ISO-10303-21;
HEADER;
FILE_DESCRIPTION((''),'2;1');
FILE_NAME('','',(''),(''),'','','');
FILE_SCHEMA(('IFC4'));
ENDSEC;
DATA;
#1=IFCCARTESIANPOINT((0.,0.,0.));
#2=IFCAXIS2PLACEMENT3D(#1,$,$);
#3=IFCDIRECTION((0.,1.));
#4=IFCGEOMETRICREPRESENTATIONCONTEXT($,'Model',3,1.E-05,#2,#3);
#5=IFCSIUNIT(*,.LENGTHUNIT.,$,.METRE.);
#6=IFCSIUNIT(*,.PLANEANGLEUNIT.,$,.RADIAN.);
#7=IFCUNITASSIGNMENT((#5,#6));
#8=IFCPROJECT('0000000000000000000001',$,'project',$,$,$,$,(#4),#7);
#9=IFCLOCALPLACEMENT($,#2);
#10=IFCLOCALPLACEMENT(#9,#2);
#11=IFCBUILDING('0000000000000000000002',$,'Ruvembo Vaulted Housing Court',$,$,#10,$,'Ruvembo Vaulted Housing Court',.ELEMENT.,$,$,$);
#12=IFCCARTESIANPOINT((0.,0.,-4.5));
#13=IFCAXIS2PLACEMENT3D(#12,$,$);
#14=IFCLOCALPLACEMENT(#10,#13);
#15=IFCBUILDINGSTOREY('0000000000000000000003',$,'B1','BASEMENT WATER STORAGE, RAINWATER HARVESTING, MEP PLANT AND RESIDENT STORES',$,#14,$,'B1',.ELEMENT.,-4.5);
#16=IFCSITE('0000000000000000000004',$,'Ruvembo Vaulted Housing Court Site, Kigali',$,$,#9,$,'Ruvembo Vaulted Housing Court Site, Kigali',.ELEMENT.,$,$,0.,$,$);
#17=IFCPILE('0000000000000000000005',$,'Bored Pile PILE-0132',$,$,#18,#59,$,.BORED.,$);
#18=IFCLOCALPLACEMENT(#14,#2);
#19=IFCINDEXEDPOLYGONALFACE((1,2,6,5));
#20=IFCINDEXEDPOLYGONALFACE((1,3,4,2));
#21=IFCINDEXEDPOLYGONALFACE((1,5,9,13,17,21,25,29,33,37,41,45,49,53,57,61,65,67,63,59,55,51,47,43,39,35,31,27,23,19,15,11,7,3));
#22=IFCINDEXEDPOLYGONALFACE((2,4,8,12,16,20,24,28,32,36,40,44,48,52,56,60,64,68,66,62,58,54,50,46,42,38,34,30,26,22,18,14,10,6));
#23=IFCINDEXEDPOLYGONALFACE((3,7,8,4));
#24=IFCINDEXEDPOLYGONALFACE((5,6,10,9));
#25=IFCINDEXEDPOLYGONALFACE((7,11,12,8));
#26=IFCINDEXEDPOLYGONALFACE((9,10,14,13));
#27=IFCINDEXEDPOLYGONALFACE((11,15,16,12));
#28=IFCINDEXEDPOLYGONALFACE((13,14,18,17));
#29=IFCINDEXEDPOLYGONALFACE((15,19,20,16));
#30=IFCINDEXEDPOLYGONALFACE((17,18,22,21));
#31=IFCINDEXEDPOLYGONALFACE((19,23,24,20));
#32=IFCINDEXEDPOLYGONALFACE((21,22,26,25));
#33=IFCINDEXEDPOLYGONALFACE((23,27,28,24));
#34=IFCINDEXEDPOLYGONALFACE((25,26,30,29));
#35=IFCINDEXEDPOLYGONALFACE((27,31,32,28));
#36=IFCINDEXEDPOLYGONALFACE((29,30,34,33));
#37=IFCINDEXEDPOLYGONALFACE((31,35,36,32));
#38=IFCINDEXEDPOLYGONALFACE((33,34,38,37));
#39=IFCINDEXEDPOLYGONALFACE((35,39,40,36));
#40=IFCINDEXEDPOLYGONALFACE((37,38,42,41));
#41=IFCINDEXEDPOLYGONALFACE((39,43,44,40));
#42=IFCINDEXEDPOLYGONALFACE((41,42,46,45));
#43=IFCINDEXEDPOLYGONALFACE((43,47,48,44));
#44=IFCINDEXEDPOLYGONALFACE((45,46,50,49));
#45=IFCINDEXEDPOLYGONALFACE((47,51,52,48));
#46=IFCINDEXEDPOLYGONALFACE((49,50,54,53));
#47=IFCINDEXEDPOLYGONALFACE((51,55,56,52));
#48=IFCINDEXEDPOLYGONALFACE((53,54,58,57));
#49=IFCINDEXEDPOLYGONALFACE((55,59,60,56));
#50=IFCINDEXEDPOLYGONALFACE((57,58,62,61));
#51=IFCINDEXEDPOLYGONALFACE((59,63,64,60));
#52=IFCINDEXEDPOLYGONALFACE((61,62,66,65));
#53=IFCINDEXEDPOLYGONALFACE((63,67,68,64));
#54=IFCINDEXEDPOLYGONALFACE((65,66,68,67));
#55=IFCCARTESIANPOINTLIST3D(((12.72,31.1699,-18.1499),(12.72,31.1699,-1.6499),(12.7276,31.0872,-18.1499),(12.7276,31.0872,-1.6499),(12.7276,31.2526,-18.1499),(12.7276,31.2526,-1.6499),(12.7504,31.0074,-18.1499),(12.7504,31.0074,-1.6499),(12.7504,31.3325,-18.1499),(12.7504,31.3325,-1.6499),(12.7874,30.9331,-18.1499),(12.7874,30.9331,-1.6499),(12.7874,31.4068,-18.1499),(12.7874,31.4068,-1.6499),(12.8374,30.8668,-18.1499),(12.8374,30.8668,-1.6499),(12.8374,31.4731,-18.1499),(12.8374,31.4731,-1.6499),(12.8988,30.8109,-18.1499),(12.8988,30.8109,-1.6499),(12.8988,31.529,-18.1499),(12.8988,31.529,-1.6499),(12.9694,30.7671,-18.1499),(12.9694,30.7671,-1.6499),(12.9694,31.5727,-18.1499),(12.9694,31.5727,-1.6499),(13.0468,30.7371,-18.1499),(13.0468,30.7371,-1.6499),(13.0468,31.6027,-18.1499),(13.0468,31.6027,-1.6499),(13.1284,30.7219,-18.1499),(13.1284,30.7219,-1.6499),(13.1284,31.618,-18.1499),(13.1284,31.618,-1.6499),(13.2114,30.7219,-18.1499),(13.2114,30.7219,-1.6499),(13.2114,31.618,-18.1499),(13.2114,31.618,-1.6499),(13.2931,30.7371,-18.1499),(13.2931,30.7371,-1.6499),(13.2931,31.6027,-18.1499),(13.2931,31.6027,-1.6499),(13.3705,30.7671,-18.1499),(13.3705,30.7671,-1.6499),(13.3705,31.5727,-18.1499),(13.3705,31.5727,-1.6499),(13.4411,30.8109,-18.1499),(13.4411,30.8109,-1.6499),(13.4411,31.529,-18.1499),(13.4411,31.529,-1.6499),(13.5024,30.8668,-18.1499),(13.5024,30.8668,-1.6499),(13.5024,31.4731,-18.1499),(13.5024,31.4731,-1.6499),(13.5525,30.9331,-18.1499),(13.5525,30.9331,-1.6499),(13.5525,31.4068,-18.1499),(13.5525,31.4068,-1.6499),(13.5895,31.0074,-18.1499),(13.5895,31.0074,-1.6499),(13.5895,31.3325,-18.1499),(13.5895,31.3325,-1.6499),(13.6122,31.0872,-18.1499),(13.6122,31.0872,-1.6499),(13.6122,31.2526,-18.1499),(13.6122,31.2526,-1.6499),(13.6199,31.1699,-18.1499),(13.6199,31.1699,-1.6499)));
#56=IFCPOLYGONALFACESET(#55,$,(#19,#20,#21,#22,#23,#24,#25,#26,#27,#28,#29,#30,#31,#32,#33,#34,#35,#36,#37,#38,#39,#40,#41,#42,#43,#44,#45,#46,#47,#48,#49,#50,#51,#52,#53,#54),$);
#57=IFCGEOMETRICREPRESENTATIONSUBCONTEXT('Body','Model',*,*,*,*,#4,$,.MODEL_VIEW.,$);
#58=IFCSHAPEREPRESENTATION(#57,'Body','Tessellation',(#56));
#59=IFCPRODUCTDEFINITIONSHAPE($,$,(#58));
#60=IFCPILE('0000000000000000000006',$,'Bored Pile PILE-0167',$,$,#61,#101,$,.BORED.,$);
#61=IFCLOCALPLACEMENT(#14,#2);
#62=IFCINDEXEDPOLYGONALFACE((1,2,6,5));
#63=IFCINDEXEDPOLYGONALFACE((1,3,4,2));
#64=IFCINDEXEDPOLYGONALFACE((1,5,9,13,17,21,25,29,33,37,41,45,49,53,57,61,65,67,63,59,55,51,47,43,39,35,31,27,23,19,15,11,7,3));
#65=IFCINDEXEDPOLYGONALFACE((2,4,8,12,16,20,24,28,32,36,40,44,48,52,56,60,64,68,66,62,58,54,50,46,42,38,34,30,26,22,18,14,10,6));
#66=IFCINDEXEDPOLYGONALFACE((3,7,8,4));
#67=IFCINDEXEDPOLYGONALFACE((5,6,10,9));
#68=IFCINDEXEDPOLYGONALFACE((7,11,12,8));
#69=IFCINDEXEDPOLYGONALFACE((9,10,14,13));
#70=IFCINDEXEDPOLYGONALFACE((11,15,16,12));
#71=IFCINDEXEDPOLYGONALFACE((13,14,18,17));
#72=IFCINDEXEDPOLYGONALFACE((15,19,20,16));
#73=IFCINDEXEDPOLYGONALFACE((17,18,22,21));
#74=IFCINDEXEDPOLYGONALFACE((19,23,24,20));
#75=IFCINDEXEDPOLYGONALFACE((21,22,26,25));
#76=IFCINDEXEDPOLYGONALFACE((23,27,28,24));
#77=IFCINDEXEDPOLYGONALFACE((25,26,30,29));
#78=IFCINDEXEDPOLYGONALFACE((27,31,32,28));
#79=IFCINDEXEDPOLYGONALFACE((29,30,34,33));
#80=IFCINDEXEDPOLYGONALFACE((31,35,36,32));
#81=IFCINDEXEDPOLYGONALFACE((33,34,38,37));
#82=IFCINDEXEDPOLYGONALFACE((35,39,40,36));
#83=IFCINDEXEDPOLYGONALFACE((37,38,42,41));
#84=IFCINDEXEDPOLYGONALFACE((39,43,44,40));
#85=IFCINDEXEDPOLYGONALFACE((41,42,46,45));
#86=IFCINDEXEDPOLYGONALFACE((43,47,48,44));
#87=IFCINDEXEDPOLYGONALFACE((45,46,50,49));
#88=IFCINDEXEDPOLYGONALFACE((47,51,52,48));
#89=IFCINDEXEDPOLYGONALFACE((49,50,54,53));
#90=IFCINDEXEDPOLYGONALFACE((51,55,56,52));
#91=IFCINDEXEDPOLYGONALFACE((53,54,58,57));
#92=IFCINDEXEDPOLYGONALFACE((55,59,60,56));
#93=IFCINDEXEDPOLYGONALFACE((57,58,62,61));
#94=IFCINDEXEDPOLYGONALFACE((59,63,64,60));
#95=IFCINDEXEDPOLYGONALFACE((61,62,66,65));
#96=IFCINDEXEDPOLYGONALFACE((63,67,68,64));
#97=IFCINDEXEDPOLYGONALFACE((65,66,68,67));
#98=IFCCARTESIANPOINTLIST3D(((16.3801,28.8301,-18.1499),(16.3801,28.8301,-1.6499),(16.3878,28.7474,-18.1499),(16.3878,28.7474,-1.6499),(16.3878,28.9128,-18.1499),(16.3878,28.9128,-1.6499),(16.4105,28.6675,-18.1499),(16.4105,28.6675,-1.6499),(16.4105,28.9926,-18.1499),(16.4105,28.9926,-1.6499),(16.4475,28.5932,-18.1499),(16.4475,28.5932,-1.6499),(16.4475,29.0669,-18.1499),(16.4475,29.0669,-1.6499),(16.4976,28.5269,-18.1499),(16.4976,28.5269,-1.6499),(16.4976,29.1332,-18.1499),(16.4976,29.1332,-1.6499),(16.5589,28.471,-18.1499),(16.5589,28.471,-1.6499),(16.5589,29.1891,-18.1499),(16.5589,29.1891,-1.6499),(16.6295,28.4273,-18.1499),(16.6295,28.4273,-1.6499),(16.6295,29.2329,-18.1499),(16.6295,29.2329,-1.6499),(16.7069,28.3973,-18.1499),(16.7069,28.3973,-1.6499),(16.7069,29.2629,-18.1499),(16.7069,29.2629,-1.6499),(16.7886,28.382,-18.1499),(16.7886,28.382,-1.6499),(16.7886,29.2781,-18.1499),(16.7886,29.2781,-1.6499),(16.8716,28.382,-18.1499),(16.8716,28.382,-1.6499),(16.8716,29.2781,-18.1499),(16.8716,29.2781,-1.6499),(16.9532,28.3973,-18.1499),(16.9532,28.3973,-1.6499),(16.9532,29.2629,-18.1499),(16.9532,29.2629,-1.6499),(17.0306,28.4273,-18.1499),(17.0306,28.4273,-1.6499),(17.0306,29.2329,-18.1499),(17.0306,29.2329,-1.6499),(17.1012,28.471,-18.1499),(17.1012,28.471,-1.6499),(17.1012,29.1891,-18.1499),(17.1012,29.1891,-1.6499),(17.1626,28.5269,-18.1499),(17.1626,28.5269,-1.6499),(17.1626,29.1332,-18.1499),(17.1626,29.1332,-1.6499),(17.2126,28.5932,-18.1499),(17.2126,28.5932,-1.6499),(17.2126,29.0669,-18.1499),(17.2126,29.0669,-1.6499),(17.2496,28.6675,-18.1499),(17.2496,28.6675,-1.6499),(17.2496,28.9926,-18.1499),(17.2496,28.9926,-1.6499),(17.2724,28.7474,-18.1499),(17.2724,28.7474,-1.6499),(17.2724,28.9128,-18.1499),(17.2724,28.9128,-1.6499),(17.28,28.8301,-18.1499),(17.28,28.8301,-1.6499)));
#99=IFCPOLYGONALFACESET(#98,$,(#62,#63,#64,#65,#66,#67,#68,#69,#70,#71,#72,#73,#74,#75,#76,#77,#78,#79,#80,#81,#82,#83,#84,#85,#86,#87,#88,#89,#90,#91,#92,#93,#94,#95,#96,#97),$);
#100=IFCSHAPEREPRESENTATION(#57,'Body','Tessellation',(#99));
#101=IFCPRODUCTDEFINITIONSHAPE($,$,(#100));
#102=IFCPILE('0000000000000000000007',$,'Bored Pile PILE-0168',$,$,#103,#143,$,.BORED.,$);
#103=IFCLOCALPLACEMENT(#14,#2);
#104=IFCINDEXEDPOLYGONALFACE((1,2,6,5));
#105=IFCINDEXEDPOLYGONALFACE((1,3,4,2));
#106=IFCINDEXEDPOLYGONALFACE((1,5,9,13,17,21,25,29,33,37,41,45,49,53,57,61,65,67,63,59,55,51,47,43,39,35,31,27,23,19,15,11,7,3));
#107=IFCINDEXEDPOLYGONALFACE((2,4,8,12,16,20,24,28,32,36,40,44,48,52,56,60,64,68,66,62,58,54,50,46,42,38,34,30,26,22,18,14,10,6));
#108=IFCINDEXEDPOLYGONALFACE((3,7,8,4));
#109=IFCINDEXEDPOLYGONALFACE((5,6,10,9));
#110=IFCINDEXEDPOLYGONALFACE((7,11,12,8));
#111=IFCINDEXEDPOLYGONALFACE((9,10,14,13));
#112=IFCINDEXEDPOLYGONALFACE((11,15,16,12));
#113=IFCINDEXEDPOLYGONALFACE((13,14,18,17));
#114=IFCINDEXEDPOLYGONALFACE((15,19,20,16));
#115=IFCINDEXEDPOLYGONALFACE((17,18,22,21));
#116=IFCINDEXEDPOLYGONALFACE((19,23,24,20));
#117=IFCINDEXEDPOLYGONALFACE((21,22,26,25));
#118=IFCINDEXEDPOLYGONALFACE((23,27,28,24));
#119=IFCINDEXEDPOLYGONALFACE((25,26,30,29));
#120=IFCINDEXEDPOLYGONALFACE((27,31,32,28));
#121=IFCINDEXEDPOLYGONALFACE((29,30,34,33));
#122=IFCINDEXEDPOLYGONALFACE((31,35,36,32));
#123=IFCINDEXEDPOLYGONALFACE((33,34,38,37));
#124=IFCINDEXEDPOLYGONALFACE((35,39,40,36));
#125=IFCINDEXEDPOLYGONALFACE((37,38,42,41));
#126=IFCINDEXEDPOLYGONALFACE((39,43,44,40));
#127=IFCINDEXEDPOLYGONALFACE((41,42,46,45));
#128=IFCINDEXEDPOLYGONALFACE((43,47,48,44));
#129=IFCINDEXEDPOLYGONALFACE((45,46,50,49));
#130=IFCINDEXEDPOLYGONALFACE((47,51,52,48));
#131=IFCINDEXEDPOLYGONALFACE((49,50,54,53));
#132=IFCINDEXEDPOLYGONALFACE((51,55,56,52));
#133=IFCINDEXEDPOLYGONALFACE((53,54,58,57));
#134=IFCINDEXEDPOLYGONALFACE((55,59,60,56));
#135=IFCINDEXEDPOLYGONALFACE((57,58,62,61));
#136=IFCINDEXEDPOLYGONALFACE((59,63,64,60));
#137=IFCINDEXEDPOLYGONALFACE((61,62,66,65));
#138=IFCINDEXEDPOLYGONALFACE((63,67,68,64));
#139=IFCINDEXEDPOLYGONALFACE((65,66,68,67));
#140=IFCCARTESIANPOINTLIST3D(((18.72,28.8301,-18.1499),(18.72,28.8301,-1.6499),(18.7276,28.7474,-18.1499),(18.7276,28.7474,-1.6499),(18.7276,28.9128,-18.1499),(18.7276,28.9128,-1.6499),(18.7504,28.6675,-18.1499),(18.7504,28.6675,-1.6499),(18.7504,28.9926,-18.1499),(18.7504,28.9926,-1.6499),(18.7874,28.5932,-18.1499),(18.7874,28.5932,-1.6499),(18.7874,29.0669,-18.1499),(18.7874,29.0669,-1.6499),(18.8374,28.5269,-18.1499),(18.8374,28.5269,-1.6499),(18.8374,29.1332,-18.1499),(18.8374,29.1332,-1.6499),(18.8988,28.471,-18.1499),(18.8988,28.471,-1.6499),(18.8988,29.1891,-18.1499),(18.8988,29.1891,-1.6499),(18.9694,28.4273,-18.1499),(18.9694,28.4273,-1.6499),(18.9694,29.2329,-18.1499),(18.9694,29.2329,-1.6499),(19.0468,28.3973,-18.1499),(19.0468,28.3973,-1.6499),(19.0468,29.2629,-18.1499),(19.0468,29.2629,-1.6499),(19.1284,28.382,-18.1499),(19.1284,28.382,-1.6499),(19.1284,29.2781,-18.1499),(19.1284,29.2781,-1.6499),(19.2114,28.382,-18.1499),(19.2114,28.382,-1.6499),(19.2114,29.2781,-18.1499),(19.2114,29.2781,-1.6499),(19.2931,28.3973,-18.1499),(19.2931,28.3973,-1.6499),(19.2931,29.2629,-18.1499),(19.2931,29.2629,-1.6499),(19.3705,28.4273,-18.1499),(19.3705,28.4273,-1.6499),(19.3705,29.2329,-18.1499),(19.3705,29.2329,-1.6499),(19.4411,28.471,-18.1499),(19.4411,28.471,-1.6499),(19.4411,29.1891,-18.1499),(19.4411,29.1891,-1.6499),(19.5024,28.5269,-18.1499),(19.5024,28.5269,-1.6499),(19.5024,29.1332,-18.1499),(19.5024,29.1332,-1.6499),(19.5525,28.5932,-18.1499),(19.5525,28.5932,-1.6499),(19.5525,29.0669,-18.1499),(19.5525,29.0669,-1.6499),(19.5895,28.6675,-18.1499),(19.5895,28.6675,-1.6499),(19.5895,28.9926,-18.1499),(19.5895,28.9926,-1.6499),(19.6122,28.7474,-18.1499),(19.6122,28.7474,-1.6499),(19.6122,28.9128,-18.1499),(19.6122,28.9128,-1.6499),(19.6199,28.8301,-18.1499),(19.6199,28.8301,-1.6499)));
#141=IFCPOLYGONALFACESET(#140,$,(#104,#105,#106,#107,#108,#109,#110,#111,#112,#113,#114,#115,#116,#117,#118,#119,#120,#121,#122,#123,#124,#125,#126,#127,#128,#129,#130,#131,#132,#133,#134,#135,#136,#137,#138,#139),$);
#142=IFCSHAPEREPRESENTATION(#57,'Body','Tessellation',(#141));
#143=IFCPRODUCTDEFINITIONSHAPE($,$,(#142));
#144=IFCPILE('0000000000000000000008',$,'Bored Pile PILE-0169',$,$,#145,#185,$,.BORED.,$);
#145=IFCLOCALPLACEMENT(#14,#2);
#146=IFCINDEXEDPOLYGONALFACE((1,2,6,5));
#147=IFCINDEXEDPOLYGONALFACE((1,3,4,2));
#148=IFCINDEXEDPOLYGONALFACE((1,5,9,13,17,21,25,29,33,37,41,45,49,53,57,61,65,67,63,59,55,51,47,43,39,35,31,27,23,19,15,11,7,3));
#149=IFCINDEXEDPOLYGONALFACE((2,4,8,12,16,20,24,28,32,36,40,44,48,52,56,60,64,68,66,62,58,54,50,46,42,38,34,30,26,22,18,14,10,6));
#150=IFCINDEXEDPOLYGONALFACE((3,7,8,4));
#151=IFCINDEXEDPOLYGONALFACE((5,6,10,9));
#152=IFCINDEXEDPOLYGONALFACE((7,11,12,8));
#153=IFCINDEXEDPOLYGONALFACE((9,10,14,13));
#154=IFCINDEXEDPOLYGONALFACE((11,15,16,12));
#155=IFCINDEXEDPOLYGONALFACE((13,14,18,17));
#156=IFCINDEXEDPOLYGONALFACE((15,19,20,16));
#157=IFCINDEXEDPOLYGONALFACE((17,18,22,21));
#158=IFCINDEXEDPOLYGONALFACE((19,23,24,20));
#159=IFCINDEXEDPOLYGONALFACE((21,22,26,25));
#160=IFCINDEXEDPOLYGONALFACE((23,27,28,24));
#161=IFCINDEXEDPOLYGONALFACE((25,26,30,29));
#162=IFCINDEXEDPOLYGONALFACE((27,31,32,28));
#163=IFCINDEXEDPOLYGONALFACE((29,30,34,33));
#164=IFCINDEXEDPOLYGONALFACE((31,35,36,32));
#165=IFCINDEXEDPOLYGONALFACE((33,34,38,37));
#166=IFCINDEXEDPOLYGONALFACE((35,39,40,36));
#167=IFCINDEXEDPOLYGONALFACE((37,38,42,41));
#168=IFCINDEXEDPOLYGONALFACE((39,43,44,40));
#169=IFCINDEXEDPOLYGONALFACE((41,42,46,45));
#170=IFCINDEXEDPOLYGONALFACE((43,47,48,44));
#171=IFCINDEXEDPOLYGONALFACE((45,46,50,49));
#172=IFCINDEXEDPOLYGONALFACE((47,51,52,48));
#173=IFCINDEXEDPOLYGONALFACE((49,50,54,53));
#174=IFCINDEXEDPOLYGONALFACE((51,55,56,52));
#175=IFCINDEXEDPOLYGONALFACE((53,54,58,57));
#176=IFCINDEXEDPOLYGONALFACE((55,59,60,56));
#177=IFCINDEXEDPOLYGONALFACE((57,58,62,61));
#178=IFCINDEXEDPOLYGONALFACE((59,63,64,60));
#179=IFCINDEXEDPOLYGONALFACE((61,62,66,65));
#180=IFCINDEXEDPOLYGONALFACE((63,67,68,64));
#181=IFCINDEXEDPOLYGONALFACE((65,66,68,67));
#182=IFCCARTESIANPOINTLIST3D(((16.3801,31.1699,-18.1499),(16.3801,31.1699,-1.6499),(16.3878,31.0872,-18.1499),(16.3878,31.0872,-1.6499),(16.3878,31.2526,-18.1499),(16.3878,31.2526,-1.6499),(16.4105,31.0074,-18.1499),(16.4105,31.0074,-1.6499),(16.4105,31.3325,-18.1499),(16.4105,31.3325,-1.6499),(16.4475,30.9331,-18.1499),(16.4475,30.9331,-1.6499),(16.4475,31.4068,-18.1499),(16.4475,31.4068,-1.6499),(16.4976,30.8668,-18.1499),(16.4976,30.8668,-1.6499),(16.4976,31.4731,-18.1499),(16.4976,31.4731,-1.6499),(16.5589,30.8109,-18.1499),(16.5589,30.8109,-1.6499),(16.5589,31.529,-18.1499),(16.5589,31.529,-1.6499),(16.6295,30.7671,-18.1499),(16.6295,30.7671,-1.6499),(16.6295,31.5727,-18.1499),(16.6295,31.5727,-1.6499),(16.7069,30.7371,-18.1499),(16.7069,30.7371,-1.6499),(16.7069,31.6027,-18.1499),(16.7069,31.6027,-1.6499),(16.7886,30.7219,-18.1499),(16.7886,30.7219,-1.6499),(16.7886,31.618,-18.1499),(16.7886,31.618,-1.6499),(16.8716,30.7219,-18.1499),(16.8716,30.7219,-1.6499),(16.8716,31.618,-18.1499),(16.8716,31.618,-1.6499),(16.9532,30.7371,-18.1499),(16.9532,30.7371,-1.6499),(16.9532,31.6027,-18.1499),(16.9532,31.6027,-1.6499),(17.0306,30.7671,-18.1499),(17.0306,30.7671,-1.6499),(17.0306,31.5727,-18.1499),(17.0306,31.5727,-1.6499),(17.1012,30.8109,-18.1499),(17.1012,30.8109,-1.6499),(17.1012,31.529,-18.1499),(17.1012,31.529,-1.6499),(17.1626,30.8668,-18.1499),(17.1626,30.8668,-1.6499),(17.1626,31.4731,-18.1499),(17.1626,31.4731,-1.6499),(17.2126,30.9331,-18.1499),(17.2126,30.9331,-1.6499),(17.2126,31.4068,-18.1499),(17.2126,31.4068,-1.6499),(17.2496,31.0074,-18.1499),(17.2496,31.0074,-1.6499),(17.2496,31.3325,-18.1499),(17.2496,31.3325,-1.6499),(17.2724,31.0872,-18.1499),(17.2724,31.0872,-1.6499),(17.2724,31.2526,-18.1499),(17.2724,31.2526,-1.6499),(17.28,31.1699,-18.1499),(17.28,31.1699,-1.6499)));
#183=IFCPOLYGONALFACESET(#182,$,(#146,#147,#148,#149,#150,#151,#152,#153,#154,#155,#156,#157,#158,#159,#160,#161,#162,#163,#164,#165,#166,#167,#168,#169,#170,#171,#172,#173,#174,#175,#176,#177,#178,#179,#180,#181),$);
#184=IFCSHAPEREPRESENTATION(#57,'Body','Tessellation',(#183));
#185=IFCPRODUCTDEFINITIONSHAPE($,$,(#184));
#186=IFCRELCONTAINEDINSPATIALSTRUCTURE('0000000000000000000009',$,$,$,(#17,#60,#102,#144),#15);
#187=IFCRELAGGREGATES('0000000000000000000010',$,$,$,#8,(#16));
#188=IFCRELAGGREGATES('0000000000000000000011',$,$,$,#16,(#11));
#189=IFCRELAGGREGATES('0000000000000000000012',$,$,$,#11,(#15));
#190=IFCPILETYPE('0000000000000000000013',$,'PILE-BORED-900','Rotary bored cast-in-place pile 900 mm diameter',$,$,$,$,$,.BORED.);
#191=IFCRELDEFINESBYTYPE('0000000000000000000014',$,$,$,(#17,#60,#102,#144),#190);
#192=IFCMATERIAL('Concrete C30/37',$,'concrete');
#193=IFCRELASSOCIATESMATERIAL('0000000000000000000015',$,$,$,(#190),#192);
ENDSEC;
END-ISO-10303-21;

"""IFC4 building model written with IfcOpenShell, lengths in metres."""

from ifc_helpers import new_model, si_unit, direction, frame, origin, origin_2d, place, context, subcontext, project, spatial, circle, extrude, material, material_profile, profile_set, type_object, element, save


model = new_model("IFC4")

# Units and contexts
model_context = context("Model", 3, precision=1e-05, world=origin(), true_north=direction((0.0, 1.0)))
body_context = subcontext(model_context, "Body", "Model", "MODEL_VIEW")
ifc_project = project(units=[si_unit("LENGTHUNIT", "METRE"), si_unit("PLANEANGLEUNIT", "RADIAN")], contexts=[model_context])

# Site, building, storey
site_placement = place(None, origin())
site = spatial("IfcSite", under=ifc_project, at=site_placement, Name="Ruvembo Vaulted Housing Court Site, Kigali", LongName="Ruvembo Vaulted Housing Court Site, Kigali", CompositionType="ELEMENT", RefElevation=0.0)
building_placement = place(site_placement, origin())
building = spatial("IfcBuilding", under=site, at=building_placement, Name="Ruvembo Vaulted Housing Court", LongName="Ruvembo Vaulted Housing Court", CompositionType="ELEMENT")
storey_placement = place(building_placement, frame((0.0, 0.0, -4.5)))
storey = spatial("IfcBuildingStorey", under=building, at=storey_placement, Name="B1", Description="BASEMENT WATER STORAGE, RAINWATER HARVESTING, MEP PLANT AND RESIDENT STORES", LongName="B1", CompositionType="ELEMENT", Elevation=-4.5)

# Piles
ifc_material_1 = material(Name="Concrete C30/37", Category="concrete")
ifc_material_profile_1 = material_profile(ifc_material_1, circle(Radius=0.45, at=origin_2d()), Name="PILE D900")
ifc_profile_set_1 = profile_set([ifc_material_profile_1], Name="Concrete C30/37")
pile_type_1 = type_object("IfcPileType", Name="PILE-BORED-900", Description="Rotary bored cast-in-place pile 900 mm diameter", PredefinedType="BORED", material=ifc_profile_set_1)
for number, where, z_axis, x_axis, name in (
    (1, (13.1699, 31.1699, -1.6499), (0.0, 0.0, -1.0), (1.0, 0.0, 0.0), "Bored Pile PILE-0132"),
    (2, (16.8301, 28.8301, -1.6499), (0.0, 0.0, -1.0), (1.0, 0.0, 0.0), "Bored Pile PILE-0167"),
    (3, (19.1699, 28.8301, -1.6499), (0.0, 0.0, -1.0), (1.0, 0.0, 0.0), "Bored Pile PILE-0168"),
    (4, (16.8301, 31.1699, -1.6499), (0.0, 0.0, -1.0), (1.0, 0.0, 0.0), "Bored Pile PILE-0169"),
):
    element("IfcPile", number, at=place(storey_placement, frame(where, z_axis=z_axis, x_axis=x_axis)), inside=storey, type_object=pile_type_1, Name=name, PredefinedType="BORED", context=body_context, shape_type="SweptSolid", body=[
        extrude(circle(Radius=0.45, at=origin_2d()), origin(), (0.0, 0.0, 1.0), 16.5),
    ])

save(model, "model.ifc")
